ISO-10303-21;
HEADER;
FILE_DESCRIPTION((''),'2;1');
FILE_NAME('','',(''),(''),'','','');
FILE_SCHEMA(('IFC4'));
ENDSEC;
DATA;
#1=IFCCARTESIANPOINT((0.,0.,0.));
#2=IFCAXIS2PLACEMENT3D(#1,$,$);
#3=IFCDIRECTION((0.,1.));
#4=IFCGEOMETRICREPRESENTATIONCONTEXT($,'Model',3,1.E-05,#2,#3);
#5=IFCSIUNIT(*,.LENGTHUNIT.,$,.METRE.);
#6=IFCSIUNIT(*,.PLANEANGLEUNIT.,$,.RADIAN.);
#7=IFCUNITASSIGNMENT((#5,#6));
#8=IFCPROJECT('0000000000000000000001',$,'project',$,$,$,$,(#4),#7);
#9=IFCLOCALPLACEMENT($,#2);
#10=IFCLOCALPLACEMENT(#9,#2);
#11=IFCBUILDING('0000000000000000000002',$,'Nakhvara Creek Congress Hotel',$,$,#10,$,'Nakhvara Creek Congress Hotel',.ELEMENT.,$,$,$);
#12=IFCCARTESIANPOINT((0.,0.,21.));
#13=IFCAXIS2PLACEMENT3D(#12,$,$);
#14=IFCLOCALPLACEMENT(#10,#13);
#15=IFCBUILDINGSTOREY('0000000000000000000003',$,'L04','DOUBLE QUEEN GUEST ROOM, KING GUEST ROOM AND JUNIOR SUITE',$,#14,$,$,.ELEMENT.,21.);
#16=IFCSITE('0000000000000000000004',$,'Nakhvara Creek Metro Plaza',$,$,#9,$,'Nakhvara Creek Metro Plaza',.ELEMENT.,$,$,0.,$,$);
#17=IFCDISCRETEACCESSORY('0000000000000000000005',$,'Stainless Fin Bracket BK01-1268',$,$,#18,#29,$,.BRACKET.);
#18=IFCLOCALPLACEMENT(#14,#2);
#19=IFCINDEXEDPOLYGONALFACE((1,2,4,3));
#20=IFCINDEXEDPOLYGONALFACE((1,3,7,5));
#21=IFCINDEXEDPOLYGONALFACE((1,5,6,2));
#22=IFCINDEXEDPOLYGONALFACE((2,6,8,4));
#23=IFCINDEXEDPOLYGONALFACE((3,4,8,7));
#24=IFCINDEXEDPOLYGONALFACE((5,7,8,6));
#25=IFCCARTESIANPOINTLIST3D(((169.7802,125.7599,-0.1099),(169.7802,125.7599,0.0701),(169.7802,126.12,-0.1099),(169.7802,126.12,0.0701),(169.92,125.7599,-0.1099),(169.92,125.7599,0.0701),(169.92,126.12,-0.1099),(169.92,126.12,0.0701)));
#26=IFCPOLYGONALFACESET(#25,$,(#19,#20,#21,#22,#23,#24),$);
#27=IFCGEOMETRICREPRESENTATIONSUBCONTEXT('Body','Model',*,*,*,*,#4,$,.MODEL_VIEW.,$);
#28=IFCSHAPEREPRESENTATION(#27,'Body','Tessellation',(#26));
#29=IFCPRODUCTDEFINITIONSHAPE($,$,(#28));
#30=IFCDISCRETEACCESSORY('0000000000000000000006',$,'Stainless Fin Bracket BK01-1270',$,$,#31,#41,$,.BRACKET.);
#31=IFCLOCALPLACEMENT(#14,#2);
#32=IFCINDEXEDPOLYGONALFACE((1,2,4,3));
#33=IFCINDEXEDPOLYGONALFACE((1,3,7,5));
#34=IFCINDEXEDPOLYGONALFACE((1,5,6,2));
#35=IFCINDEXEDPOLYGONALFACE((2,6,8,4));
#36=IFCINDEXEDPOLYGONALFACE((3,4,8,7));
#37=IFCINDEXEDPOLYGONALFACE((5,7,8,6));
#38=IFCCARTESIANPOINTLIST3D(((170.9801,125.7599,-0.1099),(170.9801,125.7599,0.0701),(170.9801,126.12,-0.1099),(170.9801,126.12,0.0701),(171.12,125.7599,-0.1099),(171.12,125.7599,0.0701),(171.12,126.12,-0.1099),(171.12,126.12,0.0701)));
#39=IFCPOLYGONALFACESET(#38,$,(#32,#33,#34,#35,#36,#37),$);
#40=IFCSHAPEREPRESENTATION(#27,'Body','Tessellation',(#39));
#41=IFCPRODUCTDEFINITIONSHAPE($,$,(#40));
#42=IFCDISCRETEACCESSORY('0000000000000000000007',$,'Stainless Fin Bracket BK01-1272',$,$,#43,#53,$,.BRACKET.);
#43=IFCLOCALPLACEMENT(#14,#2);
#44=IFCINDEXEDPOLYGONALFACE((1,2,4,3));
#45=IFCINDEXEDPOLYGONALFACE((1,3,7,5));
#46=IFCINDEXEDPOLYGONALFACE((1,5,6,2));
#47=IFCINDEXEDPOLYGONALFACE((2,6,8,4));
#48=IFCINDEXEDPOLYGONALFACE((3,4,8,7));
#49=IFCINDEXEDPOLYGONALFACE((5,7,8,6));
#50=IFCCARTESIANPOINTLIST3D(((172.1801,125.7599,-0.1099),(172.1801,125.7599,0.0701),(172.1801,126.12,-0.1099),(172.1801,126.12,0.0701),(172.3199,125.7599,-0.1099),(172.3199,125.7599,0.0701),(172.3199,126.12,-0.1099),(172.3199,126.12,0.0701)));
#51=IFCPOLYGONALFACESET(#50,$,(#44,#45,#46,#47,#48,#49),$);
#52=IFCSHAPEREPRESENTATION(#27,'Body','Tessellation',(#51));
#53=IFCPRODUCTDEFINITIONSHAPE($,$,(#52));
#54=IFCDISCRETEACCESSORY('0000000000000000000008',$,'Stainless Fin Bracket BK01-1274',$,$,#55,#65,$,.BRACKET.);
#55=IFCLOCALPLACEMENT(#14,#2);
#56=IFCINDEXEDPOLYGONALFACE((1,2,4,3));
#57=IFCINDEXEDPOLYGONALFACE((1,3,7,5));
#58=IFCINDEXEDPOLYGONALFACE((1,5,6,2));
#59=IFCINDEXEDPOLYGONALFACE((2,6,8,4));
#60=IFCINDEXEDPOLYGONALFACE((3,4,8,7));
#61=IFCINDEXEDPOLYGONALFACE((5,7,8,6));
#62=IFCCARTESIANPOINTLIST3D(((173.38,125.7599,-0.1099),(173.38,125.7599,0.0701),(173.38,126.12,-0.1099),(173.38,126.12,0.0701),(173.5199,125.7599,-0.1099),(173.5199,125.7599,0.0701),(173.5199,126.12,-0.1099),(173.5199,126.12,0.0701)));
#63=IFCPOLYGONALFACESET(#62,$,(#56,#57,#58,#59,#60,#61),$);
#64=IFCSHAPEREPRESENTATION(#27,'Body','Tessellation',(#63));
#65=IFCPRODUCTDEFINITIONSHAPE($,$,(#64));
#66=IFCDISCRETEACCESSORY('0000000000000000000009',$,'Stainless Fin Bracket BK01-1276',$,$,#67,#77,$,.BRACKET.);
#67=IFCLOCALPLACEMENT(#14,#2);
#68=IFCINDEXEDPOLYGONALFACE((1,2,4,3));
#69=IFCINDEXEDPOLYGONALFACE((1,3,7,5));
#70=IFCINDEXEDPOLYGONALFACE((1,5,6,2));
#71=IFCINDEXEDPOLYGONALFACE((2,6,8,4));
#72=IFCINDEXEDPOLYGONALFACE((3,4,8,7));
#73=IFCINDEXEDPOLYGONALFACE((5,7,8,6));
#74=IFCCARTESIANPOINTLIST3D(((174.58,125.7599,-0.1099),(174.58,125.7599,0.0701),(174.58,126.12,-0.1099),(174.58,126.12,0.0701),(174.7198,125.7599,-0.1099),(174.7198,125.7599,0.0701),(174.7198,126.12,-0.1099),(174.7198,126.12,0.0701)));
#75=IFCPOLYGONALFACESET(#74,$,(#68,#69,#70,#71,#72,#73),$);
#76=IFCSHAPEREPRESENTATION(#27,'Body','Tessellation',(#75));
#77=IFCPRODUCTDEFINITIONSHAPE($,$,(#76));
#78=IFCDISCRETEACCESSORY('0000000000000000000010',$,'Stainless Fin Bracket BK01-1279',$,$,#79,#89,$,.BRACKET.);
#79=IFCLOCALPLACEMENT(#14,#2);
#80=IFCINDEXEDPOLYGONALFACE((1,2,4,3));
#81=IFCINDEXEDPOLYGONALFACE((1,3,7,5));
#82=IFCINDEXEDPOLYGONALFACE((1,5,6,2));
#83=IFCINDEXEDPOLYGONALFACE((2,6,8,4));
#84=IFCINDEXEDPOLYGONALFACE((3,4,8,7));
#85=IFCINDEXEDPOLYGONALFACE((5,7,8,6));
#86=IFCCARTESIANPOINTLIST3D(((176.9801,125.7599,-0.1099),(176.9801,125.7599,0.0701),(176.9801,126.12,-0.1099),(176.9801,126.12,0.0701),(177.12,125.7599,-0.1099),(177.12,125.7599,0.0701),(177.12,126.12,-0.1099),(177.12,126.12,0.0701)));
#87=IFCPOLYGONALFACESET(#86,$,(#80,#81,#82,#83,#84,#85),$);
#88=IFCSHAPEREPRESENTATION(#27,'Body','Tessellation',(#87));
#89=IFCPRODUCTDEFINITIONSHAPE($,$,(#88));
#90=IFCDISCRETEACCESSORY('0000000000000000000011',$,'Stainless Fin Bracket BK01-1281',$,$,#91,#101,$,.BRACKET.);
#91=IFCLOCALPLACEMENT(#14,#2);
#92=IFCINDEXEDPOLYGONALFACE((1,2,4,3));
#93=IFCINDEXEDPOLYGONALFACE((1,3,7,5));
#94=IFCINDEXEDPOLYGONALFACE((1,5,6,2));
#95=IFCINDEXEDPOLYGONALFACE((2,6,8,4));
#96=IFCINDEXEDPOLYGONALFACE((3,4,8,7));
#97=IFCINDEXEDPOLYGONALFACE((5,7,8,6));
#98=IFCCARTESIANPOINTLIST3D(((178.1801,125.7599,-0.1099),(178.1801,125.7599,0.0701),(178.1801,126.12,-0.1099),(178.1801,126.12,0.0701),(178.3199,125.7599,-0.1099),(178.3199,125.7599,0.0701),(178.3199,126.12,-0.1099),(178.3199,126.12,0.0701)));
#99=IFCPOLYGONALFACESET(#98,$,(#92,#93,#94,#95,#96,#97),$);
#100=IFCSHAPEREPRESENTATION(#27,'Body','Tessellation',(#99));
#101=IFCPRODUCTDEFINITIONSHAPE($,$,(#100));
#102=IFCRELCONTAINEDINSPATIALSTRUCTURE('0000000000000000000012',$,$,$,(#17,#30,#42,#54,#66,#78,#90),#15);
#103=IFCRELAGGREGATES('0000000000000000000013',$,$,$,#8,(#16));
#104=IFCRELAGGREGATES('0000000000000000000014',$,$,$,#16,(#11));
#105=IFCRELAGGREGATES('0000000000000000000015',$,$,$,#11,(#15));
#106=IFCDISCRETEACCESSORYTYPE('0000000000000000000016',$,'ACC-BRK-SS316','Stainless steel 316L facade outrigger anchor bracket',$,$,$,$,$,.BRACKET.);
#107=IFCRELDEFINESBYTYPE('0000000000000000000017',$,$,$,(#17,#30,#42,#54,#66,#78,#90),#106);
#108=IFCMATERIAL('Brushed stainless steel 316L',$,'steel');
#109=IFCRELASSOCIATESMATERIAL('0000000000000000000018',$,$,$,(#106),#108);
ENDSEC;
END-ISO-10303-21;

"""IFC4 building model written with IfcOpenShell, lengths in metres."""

from ifc_helpers import new_model, si_unit, direction, frame, origin, origin_2d, place, context, subcontext, project, spatial, rectangle, extrude, material, type_object, element, save


model = new_model("IFC4")

# Units and contexts
model_context = context("Model", 3, precision=1e-05, world=origin(), true_north=direction((0.0, 1.0)))
body_context = subcontext(model_context, "Body", "Model", "MODEL_VIEW")
ifc_project = project(units=[si_unit("LENGTHUNIT", "METRE"), si_unit("PLANEANGLEUNIT", "RADIAN")], contexts=[model_context])

# Site, building, storey
site_placement = place(None, origin())
site = spatial("IfcSite", under=ifc_project, at=site_placement, Name="Nakhvara Creek Metro Plaza", LongName="Nakhvara Creek Metro Plaza", CompositionType="ELEMENT", RefElevation=0.0)
building_placement = place(site_placement, origin())
building = spatial("IfcBuilding", under=site, at=building_placement, Name="Nakhvara Creek Congress Hotel", LongName="Nakhvara Creek Congress Hotel", CompositionType="ELEMENT")
storey_placement = place(building_placement, frame((0.0, 0.0, 21.0)))
storey = spatial("IfcBuildingStorey", under=building, at=storey_placement, Name="L04", Description="DOUBLE QUEEN GUEST ROOM, KING GUEST ROOM AND JUNIOR SUITE", CompositionType="ELEMENT", Elevation=21.0)

# Discrete accessories
ifc_material_1 = material(Name="Brushed stainless steel 316L", Category="steel")
discrete_accessory_type = type_object("IfcDiscreteAccessoryType", Name="ACC-BRK-SS316", Description="Stainless steel 316L facade outrigger anchor bracket", PredefinedType="BRACKET", material=ifc_material_1)
for number, where, z_axis, x_axis, name in (
    (1, (169.8501, 125.9399, -0.1099), (0.0, 0.0, 1.0), (1.0, 0.0, 0.0), "Stainless Fin Bracket BK01-1268"),
    (2, (171.05, 125.9399, -0.1099), (0.0, 0.0, 1.0), (1.0, 0.0, 0.0), "Stainless Fin Bracket BK01-1270"),
    (3, (172.25, 125.9399, -0.1099), (0.0, 0.0, 1.0), (1.0, 0.0, 0.0), "Stainless Fin Bracket BK01-1272"),
    (4, (173.45, 125.9399, -0.1099), (0.0, 0.0, 1.0), (1.0, 0.0, 0.0), "Stainless Fin Bracket BK01-1274"),
    (5, (174.6499, 125.9399, -0.1099), (0.0, 0.0, 1.0), (1.0, 0.0, 0.0), "Stainless Fin Bracket BK01-1276"),
    (6, (177.05, 125.9399, -0.1099), (0.0, 0.0, 1.0), (1.0, 0.0, 0.0), "Stainless Fin Bracket BK01-1279"),
    (7, (178.25, 125.9399, -0.1099), (0.0, 0.0, 1.0), (1.0, 0.0, 0.0), "Stainless Fin Bracket BK01-1281"),
):
    element("IfcDiscreteAccessory", number, at=place(storey_placement, frame(where, z_axis=z_axis, x_axis=x_axis)), inside=storey, type_object=discrete_accessory_type, Name=name, PredefinedType="BRACKET", context=body_context, shape_type="SweptSolid", body=[
        extrude(rectangle(XDim=0.1399, YDim=0.3601, at=origin_2d()), origin(), (0.0, 0.0, 1.0), 0.1799),
    ])

save(model, "model.ifc")
